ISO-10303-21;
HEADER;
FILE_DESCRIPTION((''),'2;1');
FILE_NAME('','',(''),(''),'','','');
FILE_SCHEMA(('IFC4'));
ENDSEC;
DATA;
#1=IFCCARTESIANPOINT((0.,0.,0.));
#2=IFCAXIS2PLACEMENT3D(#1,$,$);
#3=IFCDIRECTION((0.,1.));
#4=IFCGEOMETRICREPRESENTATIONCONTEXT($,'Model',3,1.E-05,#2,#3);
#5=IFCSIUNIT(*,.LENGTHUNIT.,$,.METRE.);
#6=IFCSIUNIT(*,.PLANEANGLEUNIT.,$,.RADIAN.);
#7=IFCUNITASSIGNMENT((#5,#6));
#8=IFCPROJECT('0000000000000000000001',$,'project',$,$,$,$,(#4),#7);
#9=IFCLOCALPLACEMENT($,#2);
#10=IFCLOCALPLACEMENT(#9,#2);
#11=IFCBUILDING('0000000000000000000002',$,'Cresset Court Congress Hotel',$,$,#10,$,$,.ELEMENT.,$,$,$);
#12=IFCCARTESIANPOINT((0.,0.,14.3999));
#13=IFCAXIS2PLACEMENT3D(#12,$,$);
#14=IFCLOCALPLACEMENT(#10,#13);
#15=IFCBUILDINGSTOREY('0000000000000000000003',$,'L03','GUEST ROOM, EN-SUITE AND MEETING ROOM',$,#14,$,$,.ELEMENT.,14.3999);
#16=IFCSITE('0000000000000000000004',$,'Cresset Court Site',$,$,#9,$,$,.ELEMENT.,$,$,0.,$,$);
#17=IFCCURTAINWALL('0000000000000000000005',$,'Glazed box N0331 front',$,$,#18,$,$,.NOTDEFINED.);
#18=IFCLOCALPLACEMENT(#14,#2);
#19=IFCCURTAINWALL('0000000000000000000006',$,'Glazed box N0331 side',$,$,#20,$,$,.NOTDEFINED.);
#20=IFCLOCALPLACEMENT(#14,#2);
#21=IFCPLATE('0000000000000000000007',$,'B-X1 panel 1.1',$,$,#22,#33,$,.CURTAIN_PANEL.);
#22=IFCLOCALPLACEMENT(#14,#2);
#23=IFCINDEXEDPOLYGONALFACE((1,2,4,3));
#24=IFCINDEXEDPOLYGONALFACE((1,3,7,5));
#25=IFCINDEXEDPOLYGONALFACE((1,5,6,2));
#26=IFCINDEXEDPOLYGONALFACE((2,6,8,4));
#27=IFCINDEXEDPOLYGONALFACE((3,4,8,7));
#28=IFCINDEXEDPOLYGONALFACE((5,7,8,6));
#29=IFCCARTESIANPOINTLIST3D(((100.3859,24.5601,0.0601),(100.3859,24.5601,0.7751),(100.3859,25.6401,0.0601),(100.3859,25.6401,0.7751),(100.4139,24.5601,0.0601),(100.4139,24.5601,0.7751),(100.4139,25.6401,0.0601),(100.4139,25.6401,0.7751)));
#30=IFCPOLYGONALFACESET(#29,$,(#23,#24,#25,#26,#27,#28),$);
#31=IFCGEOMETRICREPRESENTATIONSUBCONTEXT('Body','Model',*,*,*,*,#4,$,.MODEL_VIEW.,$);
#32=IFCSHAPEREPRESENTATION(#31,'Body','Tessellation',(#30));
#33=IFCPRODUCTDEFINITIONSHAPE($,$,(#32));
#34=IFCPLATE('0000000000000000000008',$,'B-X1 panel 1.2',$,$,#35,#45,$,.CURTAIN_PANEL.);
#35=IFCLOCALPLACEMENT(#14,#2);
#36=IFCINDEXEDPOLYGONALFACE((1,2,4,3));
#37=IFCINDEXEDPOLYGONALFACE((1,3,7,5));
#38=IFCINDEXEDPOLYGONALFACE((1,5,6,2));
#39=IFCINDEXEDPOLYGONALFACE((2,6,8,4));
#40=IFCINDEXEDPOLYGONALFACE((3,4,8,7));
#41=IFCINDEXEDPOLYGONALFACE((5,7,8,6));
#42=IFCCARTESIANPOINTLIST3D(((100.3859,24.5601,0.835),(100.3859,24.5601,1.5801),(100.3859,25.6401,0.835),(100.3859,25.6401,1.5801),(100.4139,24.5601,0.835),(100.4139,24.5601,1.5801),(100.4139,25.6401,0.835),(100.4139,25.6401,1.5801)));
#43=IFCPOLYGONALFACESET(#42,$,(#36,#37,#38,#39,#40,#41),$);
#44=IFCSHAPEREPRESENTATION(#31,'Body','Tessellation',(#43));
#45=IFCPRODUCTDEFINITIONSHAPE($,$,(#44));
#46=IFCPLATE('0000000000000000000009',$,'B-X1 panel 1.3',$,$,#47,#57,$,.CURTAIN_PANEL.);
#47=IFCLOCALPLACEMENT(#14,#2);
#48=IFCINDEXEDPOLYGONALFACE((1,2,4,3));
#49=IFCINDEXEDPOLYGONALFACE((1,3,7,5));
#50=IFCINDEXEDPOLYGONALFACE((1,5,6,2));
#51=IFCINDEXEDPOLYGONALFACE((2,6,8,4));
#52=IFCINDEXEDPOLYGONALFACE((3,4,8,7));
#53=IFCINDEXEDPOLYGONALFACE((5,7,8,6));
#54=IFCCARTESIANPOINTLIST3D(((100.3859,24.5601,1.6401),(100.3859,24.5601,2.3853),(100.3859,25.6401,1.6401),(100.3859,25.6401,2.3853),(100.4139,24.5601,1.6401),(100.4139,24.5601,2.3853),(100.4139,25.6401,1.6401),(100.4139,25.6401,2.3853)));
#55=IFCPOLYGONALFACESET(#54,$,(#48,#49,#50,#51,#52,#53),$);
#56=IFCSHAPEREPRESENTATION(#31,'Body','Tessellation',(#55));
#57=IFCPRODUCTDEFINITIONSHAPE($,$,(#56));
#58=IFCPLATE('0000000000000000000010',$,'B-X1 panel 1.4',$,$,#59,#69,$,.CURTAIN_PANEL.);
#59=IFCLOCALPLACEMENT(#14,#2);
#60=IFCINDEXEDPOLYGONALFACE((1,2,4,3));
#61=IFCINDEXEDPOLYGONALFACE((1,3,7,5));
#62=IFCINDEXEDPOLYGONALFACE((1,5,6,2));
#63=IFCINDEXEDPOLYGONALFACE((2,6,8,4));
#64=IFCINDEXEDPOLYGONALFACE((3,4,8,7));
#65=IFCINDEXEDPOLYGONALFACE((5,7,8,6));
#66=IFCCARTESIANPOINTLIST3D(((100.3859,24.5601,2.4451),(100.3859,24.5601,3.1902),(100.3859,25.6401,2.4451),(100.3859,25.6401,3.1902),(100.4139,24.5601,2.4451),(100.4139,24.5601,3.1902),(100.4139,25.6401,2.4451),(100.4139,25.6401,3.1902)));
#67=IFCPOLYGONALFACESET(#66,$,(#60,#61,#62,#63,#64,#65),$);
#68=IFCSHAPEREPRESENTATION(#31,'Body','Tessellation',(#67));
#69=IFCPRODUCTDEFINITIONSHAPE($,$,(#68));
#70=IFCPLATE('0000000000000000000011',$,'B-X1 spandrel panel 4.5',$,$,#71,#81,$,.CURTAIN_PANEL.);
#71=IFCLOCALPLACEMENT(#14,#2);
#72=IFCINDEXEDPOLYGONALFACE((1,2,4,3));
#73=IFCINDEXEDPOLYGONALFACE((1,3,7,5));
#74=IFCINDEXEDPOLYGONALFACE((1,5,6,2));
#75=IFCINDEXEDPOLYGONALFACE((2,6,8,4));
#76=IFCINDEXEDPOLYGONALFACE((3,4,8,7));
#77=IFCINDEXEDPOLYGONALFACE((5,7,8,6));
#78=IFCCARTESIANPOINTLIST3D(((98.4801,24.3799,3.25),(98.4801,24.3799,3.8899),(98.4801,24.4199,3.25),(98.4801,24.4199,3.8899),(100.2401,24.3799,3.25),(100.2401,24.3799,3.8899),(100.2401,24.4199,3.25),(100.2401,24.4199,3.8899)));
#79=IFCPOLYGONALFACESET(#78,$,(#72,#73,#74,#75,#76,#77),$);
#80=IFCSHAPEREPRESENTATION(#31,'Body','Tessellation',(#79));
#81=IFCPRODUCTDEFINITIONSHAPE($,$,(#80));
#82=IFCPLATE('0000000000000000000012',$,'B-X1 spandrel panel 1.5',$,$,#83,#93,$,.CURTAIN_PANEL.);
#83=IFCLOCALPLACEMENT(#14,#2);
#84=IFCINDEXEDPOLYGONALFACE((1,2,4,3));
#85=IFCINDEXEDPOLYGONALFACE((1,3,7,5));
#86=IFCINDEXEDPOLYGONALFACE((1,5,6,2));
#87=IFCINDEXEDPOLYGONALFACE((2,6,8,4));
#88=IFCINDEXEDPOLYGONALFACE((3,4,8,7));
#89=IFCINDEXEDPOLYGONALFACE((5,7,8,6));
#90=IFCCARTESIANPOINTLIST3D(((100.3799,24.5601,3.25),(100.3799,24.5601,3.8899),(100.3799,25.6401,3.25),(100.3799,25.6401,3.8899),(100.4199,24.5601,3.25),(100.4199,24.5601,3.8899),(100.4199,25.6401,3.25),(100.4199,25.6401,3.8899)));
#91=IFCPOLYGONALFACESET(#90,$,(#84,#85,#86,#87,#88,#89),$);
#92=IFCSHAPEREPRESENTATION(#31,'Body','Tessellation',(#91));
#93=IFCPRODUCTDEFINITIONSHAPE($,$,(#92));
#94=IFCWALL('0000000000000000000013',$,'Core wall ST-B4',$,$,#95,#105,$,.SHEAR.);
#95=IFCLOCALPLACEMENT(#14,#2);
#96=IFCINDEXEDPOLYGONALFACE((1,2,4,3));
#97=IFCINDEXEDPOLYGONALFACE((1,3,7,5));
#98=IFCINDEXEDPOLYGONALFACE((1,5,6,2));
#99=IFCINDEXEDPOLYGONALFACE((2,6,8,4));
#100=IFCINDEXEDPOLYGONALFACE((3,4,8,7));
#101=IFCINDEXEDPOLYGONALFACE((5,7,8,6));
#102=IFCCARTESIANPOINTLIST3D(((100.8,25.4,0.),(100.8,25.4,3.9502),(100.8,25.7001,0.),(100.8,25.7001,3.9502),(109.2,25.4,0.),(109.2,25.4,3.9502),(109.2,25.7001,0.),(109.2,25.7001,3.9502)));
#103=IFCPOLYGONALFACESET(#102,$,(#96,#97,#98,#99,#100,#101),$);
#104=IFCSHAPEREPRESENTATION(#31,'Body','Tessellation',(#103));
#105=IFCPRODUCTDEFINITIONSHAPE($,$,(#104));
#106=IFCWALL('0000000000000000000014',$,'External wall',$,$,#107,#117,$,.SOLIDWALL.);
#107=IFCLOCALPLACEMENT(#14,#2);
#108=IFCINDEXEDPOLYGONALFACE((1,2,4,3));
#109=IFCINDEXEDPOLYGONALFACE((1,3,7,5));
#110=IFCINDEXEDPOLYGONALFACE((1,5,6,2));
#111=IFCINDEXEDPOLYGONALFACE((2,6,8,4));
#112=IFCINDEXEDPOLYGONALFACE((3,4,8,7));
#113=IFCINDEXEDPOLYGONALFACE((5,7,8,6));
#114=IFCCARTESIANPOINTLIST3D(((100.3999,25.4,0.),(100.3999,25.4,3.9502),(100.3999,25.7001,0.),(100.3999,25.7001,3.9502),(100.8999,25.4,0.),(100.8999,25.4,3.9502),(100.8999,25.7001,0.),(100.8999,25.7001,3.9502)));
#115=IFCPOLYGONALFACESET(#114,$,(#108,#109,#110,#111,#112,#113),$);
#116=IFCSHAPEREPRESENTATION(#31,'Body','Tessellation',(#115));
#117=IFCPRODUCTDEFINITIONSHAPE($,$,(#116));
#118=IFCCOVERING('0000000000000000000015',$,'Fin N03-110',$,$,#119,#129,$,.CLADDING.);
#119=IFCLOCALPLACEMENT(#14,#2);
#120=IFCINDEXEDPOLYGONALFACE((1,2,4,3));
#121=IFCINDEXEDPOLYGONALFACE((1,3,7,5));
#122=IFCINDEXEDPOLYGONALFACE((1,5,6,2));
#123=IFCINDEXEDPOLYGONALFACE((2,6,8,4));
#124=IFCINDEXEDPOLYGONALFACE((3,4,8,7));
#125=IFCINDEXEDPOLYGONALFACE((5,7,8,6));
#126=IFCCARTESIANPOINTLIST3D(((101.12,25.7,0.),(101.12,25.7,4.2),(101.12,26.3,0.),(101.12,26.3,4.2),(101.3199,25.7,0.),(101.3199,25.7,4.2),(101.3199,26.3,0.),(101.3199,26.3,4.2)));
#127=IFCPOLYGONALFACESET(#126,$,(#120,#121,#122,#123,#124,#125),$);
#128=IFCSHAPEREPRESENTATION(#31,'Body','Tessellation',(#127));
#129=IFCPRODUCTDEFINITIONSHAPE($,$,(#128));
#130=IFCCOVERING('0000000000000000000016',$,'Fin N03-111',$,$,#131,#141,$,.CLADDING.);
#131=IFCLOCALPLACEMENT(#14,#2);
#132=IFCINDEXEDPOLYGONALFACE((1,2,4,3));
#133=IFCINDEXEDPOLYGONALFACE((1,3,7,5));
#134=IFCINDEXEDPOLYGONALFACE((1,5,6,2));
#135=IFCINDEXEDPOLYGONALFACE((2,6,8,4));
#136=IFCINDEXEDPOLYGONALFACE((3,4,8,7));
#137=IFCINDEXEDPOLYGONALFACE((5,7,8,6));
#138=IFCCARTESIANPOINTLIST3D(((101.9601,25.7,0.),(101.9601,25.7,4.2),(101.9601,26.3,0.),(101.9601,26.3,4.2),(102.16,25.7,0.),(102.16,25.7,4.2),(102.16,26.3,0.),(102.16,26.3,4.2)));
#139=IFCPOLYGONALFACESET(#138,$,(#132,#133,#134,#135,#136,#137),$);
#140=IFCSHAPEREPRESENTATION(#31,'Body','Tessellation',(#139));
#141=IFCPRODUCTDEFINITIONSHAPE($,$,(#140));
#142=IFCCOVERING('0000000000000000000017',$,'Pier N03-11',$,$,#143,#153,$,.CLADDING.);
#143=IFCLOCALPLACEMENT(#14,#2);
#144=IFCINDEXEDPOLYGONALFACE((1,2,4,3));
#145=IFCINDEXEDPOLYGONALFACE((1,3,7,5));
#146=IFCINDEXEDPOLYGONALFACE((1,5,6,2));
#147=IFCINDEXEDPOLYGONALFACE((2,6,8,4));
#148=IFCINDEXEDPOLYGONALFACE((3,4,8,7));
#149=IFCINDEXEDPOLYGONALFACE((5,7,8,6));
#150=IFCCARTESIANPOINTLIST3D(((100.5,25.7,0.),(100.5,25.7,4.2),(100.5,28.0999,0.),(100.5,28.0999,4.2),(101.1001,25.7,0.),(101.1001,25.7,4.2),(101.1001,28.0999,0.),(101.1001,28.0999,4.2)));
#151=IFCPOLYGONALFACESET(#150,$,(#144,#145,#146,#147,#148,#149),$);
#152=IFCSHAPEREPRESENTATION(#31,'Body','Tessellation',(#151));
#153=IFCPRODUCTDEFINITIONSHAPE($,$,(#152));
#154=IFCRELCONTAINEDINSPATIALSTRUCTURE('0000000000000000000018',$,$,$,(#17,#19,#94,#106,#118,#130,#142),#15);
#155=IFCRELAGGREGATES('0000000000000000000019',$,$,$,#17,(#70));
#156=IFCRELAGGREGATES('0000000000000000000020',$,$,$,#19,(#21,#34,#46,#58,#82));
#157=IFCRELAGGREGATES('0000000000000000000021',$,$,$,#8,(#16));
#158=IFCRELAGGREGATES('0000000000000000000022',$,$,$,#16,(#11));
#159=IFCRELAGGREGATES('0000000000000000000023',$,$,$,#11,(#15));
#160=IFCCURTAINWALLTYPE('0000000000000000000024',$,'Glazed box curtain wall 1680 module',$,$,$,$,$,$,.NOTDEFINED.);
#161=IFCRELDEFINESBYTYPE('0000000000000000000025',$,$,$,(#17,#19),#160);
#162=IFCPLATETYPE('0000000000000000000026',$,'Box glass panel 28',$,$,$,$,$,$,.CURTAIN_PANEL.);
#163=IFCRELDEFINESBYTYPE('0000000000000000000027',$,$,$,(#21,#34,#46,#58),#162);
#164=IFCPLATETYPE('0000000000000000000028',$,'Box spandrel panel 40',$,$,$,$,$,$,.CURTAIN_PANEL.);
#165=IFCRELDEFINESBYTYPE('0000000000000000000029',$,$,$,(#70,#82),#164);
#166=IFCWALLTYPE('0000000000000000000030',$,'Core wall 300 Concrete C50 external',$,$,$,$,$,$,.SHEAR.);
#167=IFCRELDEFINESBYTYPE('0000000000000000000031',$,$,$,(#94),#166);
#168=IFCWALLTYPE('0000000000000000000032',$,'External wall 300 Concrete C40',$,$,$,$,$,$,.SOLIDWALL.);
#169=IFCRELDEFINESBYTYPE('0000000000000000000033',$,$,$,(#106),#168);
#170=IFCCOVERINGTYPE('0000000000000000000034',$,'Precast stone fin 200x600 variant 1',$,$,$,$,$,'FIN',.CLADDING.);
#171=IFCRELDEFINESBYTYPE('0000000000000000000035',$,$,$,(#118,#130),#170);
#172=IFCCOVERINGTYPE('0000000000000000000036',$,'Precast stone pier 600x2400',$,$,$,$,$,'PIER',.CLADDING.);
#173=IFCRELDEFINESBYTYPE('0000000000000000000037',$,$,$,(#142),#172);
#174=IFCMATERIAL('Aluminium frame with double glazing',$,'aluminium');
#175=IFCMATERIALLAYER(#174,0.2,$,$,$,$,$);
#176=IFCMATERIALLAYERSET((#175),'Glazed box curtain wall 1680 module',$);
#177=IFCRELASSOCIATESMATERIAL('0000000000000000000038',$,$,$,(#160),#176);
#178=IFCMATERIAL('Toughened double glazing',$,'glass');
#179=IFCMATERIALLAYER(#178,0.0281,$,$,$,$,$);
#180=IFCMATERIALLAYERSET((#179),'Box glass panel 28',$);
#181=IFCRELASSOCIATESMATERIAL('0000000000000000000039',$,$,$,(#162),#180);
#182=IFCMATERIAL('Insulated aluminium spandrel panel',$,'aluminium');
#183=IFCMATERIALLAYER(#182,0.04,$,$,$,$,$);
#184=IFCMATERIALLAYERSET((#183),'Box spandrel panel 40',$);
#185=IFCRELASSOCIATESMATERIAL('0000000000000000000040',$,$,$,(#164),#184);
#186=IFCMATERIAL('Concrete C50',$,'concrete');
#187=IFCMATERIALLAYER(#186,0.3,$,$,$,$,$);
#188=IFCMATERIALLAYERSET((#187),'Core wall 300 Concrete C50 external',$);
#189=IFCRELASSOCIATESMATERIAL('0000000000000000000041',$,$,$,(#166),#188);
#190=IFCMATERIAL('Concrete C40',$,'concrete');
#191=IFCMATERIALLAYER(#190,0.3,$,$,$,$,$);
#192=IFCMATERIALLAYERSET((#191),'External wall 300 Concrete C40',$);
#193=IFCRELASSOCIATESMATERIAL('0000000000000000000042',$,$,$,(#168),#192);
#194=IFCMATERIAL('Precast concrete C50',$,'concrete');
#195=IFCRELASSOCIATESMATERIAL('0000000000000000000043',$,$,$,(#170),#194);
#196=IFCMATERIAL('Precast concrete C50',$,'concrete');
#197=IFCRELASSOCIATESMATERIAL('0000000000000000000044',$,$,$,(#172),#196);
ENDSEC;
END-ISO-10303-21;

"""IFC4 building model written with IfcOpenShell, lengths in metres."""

from ifc_helpers import new_model, si_unit, direction, frame, frame_2d, origin, origin_2d, place, context, subcontext, project, spatial, rectangle, extrude, material, layer, layer_set, type_object, element, aggregate, save


model = new_model("IFC4")

# Units and contexts
model_context = context("Model", 3, precision=1e-05, world=origin(), true_north=direction((0.0, 1.0)))
body_context = subcontext(model_context, "Body", "Model", "MODEL_VIEW")
ifc_project = project(units=[si_unit("LENGTHUNIT", "METRE"), si_unit("PLANEANGLEUNIT", "RADIAN")], contexts=[model_context])

# Site, building, storey
site_placement = place(None, origin())
site = spatial("IfcSite", under=ifc_project, at=site_placement, Name="Cresset Court Site", CompositionType="ELEMENT", RefElevation=0.0)
building_placement = place(site_placement, origin())
building = spatial("IfcBuilding", under=site, at=building_placement, Name="Cresset Court Congress Hotel", CompositionType="ELEMENT")
storey_placement = place(building_placement, frame((0.0, 0.0, 14.3999)))
storey = spatial("IfcBuildingStorey", under=building, at=storey_placement, Name="L03", Description="GUEST ROOM, EN-SUITE AND MEETING ROOM", CompositionType="ELEMENT", Elevation=14.3999)

# Curtain wall
ifc_material_1 = material(Name="Aluminium frame with double glazing", Category="aluminium")
ifc_layer_1 = layer(ifc_material_1, 0.2)
ifc_layer_set_1 = layer_set([ifc_layer_1], Name="Glazed box curtain wall 1680 module")
curtain_wall_type = type_object("IfcCurtainWallType", Name="Glazed box curtain wall 1680 module", PredefinedType="NOTDEFINED", material=ifc_layer_set_1)
curtain_wall_1_placement = place(storey_placement, origin())
curtain_wall_1 = element("IfcCurtainWall", 1, at=curtain_wall_1_placement, inside=storey, type_object=curtain_wall_type, Name="Glazed box N0331 front", PredefinedType="NOTDEFINED")

# Curtain wall
curtain_wall_2_placement = place(storey_placement, origin())
curtain_wall_2 = element("IfcCurtainWall", 2, at=curtain_wall_2_placement, inside=storey, type_object=curtain_wall_type, Name="Glazed box N0331 side", PredefinedType="NOTDEFINED")

# Plates
ifc_material_2 = material(Name="Toughened double glazing", Category="glass")
ifc_layer_2 = layer(ifc_material_2, 0.0281)
ifc_layer_set_2 = layer_set([ifc_layer_2], Name="Box glass panel 28")
plate_type_1 = type_object("IfcPlateType", Name="Box glass panel 28", PredefinedType="CURTAIN_PANEL", material=ifc_layer_set_2)
plate_1_placement = place(storey_placement, frame((100.3999, 25.1001, 0.0601), z_axis=(0.0, 0.0, 1.0), x_axis=(0.0, -1.0, 0.0)))
plate_1 = element("IfcPlate", 3, at=plate_1_placement, type_object=plate_type_1, Name="B-X1 panel 1.1", PredefinedType="CURTAIN_PANEL", context=body_context, shape_type="SweptSolid", body=[
    extrude(rectangle(XDim=1.0801, YDim=0.0281, at=origin_2d()), origin(), (0.0, 0.0, 1.0), 0.7151),
])
plate_2_placement = place(storey_placement, frame((100.3999, 25.1001, 0.835), z_axis=(0.0, 0.0, 1.0), x_axis=(0.0, -1.0, 0.0)))
plate_2 = element("IfcPlate", 4, at=plate_2_placement, type_object=plate_type_1, Name="B-X1 panel 1.2", PredefinedType="CURTAIN_PANEL", context=body_context, shape_type="SweptSolid", body=[
    extrude(rectangle(XDim=1.0801, YDim=0.0281, at=origin_2d()), origin(), (0.0, 0.0, 1.0), 0.7451),
])
plate_3_placement = place(storey_placement, frame((100.3999, 25.1001, 1.6401), z_axis=(0.0, 0.0, 1.0), x_axis=(0.0, -1.0, 0.0)))
plate_3 = element("IfcPlate", 5, at=plate_3_placement, type_object=plate_type_1, Name="B-X1 panel 1.3", PredefinedType="CURTAIN_PANEL", context=body_context, shape_type="SweptSolid", body=[
    extrude(rectangle(XDim=1.0801, YDim=0.0281, at=origin_2d()), origin(), (0.0, 0.0, 1.0), 0.7451),
])
plate_4_placement = place(storey_placement, frame((100.3999, 25.1001, 2.4451), z_axis=(0.0, 0.0, 1.0), x_axis=(0.0, -1.0, 0.0)))
plate_4 = element("IfcPlate", 6, at=plate_4_placement, type_object=plate_type_1, Name="B-X1 panel 1.4", PredefinedType="CURTAIN_PANEL", context=body_context, shape_type="SweptSolid", body=[
    extrude(rectangle(XDim=1.0801, YDim=0.0281, at=origin_2d()), origin(), (0.0, 0.0, 1.0), 0.7451),
])
ifc_material_3 = material(Name="Insulated aluminium spandrel panel", Category="aluminium")
ifc_layer_3 = layer(ifc_material_3, 0.04)
ifc_layer_set_3 = layer_set([ifc_layer_3], Name="Box spandrel panel 40")
plate_type_2 = type_object("IfcPlateType", Name="Box spandrel panel 40", PredefinedType="CURTAIN_PANEL", material=ifc_layer_set_3)
plate_5_placement = place(storey_placement, frame((99.3601, 24.3999, 3.25), z_axis=(0.0, 0.0, 1.0), x_axis=(1.0, 0.0, 0.0)))
plate_5 = element("IfcPlate", 7, at=plate_5_placement, type_object=plate_type_2, Name="B-X1 spandrel panel 4.5", PredefinedType="CURTAIN_PANEL", context=body_context, shape_type="SweptSolid", body=[
    extrude(rectangle(XDim=1.76, YDim=0.04, at=origin_2d()), origin(), (0.0, 0.0, 1.0), 0.6399),
])
aggregate(curtain_wall_1, [plate_5])
plate_6_placement = place(storey_placement, frame((100.3999, 25.1001, 3.25), z_axis=(0.0, 0.0, 1.0), x_axis=(0.0, -1.0, 0.0)))
plate_6 = element("IfcPlate", 8, at=plate_6_placement, type_object=plate_type_2, Name="B-X1 spandrel panel 1.5", PredefinedType="CURTAIN_PANEL", context=body_context, shape_type="SweptSolid", body=[
    extrude(rectangle(XDim=1.0801, YDim=0.04, at=origin_2d()), origin(), (0.0, 0.0, 1.0), 0.6399),
])
aggregate(curtain_wall_2, [plate_1, plate_2, plate_3, plate_4, plate_6])

# Walls
ifc_material_4 = material(Name="Concrete C50", Category="concrete")
ifc_layer_4 = layer(ifc_material_4, 0.3)
ifc_layer_set_4 = layer_set([ifc_layer_4], Name="Core wall 300 Concrete C50 external")
wall_type_1 = type_object("IfcWallType", Name="Core wall 300 Concrete C50 external", PredefinedType="SHEAR", material=ifc_layer_set_4)
wall_1_placement = place(storey_placement, frame((100.8, 25.55, 0.0), z_axis=(0.0, 0.0, 1.0), x_axis=(1.0, 0.0, 0.0)))
element("IfcWall", 9, at=wall_1_placement, inside=storey, type_object=wall_type_1, Name="Core wall ST-B4", PredefinedType="SHEAR", context=body_context, shape_type="SweptSolid", body=[
    extrude(rectangle(XDim=8.3999, YDim=0.3, at=frame_2d((4.2, 0.0))), origin(), (0.0, 0.0, 1.0), 3.9502),
])
ifc_material_5 = material(Name="Concrete C40", Category="concrete")
ifc_layer_5 = layer(ifc_material_5, 0.3)
ifc_layer_set_5 = layer_set([ifc_layer_5], Name="External wall 300 Concrete C40")
wall_type_2 = type_object("IfcWallType", Name="External wall 300 Concrete C40", PredefinedType="SOLIDWALL", material=ifc_layer_set_5)
wall_2_placement = place(storey_placement, frame((100.3999, 25.55, 0.0), z_axis=(0.0, 0.0, 1.0), x_axis=(1.0, 0.0, 0.0)))
element("IfcWall", 10, at=wall_2_placement, inside=storey, type_object=wall_type_2, Name="External wall", PredefinedType="SOLIDWALL", context=body_context, shape_type="SweptSolid", body=[
    extrude(rectangle(XDim=0.5, YDim=0.3, at=frame_2d((0.25, 0.0))), origin(), (0.0, 0.0, 1.0), 3.9502),
])

# Coverings
ifc_material_6 = material(Name="Precast concrete C50", Category="concrete")
covering_type_1 = type_object("IfcCoveringType", Name="Precast stone fin 200x600 variant 1", ElementType="FIN", PredefinedType="CLADDING", material=ifc_material_6)
for number, where, z_axis, x_axis, name in (
    (11, (101.22, 26.0, 0.0), (0.0, 0.0, 1.0), (1.0, 0.0, 0.0), "Fin N03-110"),
    (12, (102.0601, 26.0, 0.0), (0.0, 0.0, 1.0), (1.0, 0.0, 0.0), "Fin N03-111"),
):
    element("IfcCovering", number, at=place(storey_placement, frame(where, z_axis=z_axis, x_axis=x_axis)), inside=storey, type_object=covering_type_1, Name=name, PredefinedType="CLADDING", context=body_context, shape_type="SweptSolid", body=[
        extrude(rectangle(XDim=0.2, YDim=0.6001, at=origin_2d()), origin(), (0.0, 0.0, 1.0), 4.2),
    ])
ifc_material_7 = material(Name="Precast concrete C50", Category="concrete")
covering_type_2 = type_object("IfcCoveringType", Name="Precast stone pier 600x2400", ElementType="PIER", PredefinedType="CLADDING", material=ifc_material_7)
covering_placement = place(storey_placement, frame((100.8, 26.8999, 0.0), z_axis=(0.0, 0.0, 1.0), x_axis=(1.0, 0.0, 0.0)))
element("IfcCovering", 13, at=covering_placement, inside=storey, type_object=covering_type_2, Name="Pier N03-11", PredefinedType="CLADDING", context=body_context, shape_type="SweptSolid", body=[
    extrude(rectangle(XDim=0.6001, YDim=2.3999, at=origin_2d()), origin(), (0.0, 0.0, 1.0), 4.2),
])

save(model, "model.ifc")
